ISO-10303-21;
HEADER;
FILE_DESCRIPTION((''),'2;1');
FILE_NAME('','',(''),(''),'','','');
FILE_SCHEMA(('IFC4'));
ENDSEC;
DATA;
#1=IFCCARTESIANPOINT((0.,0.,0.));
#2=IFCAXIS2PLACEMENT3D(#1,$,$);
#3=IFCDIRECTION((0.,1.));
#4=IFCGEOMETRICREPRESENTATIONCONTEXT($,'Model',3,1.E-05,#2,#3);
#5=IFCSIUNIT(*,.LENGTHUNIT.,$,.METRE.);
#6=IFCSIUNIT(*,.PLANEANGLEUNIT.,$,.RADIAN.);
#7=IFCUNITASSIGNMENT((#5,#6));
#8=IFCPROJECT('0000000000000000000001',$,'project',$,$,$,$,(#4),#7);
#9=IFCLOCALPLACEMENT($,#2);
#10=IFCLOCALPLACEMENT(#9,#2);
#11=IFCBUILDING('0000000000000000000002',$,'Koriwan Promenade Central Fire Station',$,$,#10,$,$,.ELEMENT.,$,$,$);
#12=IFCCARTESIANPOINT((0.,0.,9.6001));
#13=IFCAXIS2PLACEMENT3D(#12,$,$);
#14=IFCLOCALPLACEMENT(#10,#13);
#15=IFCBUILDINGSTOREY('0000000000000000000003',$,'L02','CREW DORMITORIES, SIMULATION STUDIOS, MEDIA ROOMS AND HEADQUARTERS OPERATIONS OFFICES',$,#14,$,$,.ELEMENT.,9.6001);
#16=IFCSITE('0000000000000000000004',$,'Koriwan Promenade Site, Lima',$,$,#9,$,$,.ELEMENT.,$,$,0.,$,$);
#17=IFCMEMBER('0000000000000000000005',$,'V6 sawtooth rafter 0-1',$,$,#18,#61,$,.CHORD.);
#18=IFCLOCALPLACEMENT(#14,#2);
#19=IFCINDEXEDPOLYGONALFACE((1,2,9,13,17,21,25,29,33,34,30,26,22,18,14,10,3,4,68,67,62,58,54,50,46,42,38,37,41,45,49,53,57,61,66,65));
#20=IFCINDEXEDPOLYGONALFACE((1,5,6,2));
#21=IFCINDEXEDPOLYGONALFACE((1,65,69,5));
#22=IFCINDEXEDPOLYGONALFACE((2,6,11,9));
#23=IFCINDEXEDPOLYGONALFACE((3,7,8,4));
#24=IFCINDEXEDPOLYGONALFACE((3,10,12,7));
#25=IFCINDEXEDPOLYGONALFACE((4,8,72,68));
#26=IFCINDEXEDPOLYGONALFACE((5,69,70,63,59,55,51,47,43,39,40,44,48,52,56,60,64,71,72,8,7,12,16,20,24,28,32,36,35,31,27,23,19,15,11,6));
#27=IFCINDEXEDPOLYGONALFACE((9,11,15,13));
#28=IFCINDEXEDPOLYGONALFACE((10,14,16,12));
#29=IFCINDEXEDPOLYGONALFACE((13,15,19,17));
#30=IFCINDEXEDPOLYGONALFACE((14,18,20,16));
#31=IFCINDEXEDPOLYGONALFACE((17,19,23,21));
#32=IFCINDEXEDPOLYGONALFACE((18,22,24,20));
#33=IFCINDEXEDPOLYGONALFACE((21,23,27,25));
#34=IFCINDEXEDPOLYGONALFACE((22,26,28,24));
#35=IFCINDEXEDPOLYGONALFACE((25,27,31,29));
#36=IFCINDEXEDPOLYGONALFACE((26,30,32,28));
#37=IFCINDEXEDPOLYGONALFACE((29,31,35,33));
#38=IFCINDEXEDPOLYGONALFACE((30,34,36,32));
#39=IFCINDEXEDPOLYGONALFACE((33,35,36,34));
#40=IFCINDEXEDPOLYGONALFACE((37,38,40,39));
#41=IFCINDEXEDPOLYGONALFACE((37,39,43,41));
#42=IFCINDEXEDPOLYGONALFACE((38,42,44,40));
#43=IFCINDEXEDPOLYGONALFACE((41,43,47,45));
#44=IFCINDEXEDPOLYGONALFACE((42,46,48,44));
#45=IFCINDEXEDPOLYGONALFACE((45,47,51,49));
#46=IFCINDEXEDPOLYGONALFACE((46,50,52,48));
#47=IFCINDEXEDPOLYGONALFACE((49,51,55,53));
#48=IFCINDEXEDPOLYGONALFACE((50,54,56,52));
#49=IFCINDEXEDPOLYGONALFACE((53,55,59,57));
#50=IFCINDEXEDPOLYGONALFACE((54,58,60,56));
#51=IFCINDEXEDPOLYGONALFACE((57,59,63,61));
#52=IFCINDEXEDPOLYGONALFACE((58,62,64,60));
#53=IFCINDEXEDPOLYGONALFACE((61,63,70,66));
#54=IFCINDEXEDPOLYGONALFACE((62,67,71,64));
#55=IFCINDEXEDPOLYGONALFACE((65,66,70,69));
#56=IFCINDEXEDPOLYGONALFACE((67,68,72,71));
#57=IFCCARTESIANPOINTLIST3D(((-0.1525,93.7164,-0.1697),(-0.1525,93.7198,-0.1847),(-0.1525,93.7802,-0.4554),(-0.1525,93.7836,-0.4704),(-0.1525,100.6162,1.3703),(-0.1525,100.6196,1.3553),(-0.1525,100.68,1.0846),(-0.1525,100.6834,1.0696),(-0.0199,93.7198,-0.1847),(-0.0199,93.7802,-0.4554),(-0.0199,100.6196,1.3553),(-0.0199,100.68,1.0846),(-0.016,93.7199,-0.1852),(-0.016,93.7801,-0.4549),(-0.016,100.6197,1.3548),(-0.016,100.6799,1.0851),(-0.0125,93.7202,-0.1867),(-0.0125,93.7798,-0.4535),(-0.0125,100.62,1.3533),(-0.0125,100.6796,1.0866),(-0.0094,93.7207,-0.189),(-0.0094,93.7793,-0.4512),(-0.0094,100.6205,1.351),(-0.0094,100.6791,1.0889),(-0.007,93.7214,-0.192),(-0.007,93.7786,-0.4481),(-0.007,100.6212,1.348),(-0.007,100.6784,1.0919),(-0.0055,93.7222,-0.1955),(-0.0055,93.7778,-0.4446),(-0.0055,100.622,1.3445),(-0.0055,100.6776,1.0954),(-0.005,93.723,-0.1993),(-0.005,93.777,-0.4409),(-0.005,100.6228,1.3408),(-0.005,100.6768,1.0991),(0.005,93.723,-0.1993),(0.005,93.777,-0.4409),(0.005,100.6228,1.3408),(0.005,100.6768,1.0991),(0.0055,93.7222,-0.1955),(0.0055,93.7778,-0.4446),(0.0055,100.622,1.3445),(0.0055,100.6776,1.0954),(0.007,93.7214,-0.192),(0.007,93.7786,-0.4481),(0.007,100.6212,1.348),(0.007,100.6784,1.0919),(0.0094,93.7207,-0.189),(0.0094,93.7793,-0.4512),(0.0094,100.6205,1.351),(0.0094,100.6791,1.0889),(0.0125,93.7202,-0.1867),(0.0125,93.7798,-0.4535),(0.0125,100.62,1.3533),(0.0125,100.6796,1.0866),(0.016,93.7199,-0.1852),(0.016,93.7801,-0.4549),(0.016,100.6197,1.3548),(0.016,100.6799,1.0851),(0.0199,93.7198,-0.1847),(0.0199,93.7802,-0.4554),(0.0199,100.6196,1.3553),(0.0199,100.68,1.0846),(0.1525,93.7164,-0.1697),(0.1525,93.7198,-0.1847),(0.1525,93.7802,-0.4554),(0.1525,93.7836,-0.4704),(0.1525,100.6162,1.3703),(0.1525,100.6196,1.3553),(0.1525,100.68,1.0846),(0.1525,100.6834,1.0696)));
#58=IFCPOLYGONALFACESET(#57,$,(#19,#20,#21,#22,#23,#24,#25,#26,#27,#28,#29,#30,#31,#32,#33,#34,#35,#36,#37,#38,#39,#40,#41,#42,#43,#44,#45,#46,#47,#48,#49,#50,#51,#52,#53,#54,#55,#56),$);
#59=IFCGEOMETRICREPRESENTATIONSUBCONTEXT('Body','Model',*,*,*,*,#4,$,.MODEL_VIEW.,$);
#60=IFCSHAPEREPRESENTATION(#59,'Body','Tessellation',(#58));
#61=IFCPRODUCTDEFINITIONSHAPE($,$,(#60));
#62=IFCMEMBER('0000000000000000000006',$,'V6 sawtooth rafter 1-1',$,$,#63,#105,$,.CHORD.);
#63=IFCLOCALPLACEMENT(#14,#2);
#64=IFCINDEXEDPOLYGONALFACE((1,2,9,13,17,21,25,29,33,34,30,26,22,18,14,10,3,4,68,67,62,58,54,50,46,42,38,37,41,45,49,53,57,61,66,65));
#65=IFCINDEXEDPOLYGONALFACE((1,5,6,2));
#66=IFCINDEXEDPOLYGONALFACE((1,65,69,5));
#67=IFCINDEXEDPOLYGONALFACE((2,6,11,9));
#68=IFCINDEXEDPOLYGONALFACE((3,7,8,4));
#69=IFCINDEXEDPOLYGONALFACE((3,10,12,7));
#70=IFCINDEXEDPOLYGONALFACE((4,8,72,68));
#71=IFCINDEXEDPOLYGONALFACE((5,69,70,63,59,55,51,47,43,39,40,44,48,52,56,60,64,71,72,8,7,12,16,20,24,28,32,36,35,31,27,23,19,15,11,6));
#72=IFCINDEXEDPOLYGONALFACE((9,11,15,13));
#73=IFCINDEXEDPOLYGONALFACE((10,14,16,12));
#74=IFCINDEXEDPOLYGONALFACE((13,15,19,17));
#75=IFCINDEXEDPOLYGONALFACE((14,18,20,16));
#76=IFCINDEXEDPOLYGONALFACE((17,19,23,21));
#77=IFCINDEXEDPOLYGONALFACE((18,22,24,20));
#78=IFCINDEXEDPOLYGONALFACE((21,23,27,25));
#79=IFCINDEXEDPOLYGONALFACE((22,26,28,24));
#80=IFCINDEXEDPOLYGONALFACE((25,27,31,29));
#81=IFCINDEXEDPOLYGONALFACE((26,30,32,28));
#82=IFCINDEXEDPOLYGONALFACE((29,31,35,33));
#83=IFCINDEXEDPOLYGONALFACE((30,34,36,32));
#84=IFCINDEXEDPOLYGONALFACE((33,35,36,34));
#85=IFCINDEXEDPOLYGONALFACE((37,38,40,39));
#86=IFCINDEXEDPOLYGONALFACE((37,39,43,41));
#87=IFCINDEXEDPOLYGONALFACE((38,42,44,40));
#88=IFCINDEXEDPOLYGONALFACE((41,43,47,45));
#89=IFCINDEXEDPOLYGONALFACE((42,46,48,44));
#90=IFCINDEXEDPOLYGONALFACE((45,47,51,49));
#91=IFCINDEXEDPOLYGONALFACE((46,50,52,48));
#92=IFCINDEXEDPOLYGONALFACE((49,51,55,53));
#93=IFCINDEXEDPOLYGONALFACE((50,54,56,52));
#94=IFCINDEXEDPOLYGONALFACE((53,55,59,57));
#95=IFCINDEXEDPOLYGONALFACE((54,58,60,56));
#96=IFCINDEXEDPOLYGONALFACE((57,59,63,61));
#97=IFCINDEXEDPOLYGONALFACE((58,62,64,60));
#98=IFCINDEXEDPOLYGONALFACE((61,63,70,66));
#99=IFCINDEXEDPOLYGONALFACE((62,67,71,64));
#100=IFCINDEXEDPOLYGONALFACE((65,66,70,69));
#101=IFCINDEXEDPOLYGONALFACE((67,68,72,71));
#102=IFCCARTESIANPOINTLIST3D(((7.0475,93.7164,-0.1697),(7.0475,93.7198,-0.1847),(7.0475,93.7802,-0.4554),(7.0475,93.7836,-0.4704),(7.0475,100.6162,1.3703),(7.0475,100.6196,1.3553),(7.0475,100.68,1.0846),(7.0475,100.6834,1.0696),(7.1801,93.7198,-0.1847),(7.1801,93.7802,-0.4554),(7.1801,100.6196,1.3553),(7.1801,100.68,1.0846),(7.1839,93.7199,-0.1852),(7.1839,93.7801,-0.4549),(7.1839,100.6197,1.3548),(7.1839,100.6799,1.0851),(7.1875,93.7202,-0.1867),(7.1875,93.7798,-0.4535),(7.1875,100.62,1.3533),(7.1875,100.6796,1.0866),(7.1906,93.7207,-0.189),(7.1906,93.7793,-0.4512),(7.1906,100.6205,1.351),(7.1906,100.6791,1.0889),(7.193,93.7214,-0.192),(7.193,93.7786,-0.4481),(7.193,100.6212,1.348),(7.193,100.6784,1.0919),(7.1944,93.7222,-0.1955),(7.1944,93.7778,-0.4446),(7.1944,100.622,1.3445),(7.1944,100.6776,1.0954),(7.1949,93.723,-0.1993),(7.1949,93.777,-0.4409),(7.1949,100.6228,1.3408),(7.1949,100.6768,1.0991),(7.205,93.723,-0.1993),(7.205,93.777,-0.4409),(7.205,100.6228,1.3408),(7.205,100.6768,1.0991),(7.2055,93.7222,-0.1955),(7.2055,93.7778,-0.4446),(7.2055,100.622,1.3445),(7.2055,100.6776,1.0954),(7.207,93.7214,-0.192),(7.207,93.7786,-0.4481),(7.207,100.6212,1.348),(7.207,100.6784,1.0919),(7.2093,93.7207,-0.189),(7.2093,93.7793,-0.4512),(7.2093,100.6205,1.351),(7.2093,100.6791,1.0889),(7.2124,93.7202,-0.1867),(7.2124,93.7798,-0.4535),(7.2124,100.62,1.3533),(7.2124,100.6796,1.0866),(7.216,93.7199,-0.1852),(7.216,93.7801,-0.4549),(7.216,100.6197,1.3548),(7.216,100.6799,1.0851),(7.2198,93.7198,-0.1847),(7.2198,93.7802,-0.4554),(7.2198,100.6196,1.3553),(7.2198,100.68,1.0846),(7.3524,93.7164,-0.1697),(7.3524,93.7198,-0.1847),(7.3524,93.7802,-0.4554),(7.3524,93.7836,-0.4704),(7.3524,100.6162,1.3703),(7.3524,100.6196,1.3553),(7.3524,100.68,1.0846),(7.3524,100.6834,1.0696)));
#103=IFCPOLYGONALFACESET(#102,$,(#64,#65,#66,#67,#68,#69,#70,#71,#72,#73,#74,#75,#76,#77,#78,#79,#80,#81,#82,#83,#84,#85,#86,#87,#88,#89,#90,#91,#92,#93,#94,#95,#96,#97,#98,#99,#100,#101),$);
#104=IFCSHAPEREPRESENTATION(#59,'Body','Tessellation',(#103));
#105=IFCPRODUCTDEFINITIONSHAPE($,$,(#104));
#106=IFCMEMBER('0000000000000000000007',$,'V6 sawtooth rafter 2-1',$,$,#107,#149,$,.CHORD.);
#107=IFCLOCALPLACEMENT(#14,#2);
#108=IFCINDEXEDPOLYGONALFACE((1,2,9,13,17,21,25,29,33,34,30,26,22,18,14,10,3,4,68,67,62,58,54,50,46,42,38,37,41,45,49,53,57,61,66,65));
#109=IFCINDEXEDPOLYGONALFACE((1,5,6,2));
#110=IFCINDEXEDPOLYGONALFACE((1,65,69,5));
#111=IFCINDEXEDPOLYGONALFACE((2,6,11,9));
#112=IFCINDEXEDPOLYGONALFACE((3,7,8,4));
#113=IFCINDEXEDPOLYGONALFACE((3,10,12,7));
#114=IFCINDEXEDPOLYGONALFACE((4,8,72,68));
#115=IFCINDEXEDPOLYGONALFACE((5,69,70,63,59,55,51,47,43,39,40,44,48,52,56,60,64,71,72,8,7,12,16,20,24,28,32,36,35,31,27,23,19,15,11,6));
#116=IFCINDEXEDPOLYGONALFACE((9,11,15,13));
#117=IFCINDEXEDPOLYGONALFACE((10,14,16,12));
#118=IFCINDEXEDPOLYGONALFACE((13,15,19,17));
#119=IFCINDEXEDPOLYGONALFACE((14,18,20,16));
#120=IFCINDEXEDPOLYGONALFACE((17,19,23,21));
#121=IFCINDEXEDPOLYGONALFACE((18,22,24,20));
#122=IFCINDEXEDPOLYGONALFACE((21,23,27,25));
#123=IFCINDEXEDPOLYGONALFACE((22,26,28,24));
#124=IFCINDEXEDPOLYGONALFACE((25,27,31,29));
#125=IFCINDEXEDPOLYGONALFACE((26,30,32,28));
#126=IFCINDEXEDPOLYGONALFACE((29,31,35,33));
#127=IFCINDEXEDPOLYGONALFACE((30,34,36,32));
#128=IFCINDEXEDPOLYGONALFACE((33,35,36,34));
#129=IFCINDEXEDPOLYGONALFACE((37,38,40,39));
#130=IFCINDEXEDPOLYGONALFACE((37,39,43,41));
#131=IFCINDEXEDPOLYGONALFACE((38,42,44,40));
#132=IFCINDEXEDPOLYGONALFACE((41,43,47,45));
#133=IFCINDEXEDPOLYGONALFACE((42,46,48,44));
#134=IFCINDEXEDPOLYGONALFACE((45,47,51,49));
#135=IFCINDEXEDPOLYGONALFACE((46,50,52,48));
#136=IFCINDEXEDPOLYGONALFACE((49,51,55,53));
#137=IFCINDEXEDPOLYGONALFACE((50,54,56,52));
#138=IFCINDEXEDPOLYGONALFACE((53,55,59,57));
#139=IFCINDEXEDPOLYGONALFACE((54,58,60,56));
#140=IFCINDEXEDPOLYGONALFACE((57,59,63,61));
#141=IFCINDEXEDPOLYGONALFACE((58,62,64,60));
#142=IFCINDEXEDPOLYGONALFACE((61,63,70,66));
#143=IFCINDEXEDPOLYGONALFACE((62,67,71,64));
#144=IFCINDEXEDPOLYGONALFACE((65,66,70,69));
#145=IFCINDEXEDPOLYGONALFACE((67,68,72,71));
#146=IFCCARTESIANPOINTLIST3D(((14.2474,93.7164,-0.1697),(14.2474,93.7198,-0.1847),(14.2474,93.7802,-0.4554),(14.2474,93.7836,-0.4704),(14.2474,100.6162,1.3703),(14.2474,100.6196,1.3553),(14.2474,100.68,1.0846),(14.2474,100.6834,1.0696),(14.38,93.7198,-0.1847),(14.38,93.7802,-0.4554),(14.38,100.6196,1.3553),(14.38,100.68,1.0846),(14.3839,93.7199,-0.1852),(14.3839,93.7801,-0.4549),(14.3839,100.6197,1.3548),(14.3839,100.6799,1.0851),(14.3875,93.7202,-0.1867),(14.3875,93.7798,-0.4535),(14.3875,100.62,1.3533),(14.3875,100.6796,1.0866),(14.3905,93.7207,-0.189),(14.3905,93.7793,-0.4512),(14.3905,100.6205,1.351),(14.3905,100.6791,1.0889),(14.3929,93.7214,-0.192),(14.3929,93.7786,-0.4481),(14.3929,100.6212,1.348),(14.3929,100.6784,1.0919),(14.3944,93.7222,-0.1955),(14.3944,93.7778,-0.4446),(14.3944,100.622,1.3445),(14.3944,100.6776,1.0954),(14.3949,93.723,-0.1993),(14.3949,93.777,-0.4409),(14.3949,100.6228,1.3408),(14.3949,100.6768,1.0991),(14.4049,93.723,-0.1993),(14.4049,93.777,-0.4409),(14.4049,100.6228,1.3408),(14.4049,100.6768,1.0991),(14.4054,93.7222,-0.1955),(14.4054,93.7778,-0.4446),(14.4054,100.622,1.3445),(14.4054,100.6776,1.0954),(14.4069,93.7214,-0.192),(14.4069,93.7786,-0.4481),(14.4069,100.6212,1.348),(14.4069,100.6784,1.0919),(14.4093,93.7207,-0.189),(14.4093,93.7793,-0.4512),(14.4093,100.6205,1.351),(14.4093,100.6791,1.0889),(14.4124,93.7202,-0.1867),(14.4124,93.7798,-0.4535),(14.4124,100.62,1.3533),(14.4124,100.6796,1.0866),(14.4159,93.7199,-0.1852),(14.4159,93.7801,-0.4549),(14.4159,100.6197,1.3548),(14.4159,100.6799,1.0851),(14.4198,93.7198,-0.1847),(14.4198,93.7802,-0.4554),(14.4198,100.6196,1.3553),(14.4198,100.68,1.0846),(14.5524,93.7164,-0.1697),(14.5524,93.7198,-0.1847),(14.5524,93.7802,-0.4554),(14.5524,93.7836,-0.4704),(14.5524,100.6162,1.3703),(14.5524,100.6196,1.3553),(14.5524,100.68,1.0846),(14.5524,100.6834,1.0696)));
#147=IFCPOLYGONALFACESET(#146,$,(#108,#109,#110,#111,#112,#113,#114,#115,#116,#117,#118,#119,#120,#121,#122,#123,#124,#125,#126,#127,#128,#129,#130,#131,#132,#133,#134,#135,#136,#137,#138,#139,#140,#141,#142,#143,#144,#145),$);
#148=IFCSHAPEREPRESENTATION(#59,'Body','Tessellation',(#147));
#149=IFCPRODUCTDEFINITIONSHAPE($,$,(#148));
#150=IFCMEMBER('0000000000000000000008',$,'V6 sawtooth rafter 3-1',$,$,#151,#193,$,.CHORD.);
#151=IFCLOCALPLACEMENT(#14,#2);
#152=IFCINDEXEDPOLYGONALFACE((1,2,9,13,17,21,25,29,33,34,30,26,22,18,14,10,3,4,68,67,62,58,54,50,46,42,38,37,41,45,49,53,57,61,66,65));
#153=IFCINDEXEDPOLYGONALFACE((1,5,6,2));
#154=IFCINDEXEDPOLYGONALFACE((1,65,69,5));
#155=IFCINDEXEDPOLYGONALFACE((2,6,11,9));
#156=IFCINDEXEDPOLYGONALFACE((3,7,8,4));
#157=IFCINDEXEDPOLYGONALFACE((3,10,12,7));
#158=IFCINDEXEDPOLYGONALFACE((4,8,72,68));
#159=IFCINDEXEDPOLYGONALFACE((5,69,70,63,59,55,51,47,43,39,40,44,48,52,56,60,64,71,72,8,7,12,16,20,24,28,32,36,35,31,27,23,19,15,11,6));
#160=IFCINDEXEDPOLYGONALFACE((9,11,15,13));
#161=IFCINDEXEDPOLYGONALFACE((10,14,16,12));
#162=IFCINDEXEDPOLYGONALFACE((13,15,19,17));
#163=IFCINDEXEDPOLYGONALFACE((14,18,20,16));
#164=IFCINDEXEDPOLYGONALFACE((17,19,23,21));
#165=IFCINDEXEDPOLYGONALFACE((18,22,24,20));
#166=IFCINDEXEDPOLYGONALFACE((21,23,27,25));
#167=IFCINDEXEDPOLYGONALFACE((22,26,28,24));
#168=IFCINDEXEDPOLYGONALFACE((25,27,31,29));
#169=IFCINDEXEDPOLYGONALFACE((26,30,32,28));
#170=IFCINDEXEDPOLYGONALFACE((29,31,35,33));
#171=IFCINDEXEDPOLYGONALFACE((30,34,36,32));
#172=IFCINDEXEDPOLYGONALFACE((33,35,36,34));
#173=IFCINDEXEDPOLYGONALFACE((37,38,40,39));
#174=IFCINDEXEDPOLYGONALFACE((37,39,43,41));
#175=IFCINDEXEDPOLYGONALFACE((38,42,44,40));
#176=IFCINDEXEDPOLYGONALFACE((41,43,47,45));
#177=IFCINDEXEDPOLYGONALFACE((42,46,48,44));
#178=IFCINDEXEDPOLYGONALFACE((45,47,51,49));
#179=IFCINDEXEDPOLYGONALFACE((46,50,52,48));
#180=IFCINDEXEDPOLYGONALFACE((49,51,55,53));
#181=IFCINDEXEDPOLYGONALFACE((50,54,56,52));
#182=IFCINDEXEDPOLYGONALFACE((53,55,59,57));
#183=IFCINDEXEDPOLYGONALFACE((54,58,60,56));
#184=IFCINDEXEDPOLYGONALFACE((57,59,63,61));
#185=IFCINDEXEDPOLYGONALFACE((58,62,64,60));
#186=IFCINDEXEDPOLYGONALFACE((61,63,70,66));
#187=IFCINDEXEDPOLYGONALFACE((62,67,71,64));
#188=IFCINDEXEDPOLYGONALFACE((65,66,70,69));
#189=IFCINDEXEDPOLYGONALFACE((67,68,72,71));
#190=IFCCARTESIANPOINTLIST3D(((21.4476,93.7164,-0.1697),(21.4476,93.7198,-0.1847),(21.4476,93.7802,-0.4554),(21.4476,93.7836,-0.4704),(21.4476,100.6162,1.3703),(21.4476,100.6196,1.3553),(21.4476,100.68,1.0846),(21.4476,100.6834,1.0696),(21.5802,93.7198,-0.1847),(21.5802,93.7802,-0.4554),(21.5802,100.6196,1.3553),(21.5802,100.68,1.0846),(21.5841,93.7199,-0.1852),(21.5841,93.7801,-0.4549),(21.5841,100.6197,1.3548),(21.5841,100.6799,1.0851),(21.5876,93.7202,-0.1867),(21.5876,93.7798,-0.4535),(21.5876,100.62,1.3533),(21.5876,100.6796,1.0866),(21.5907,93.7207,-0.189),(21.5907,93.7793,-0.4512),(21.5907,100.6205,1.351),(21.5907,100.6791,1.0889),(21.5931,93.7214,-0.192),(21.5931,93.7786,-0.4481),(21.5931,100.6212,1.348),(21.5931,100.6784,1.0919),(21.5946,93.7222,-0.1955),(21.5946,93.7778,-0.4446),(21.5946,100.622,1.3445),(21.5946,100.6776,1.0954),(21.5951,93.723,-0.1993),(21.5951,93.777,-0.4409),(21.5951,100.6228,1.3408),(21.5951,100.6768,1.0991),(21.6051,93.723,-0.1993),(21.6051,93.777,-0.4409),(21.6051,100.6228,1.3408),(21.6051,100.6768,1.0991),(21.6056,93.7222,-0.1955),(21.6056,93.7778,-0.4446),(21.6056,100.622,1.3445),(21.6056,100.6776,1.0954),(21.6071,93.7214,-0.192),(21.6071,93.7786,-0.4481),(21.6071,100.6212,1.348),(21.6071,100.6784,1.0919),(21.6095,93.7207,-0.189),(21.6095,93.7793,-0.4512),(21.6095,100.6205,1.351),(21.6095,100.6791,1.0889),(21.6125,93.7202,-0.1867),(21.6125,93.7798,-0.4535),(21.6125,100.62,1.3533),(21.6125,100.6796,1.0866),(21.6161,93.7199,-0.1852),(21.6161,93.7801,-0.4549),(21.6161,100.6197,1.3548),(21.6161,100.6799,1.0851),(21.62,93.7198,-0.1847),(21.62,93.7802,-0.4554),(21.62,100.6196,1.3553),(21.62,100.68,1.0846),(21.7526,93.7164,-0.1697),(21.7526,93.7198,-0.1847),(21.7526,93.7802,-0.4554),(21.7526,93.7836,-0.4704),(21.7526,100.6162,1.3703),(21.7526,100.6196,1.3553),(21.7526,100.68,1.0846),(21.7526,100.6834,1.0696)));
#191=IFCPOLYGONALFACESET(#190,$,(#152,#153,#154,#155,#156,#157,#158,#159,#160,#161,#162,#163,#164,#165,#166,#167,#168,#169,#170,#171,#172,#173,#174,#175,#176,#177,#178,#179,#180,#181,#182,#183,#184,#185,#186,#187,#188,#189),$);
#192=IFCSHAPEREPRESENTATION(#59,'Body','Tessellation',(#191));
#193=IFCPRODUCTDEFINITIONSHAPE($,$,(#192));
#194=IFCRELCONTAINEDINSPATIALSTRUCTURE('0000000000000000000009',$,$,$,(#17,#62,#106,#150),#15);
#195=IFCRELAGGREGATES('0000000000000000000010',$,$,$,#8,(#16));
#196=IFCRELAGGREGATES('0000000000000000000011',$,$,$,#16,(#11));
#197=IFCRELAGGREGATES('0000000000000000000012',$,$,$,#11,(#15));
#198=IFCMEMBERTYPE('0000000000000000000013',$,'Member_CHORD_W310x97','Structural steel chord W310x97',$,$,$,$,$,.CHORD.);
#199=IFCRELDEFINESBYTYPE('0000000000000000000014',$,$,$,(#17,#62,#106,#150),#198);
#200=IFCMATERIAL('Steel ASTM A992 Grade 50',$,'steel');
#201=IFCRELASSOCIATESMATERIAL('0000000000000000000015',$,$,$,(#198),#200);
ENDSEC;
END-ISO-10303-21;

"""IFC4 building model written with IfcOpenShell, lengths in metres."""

from ifc_helpers import new_model, si_unit, direction, frame, origin, origin_2d, place, context, subcontext, project, spatial, i_section, extrude, material, material_profile, profile_set, type_object, element, save


model = new_model("IFC4")

# Units and contexts
model_context = context("Model", 3, precision=1e-05, world=origin(), true_north=direction((0.0, 1.0)))
body_context = subcontext(model_context, "Body", "Model", "MODEL_VIEW")
ifc_project = project(units=[si_unit("LENGTHUNIT", "METRE"), si_unit("PLANEANGLEUNIT", "RADIAN")], contexts=[model_context])

# Site, building, storey
site_placement = place(None, origin())
site = spatial("IfcSite", under=ifc_project, at=site_placement, Name="Koriwan Promenade Site, Lima", CompositionType="ELEMENT", RefElevation=0.0)
building_placement = place(site_placement, origin())
building = spatial("IfcBuilding", under=site, at=building_placement, Name="Koriwan Promenade Central Fire Station", CompositionType="ELEMENT")
storey_placement = place(building_placement, frame((0.0, 0.0, 9.6001)))
storey = spatial("IfcBuildingStorey", under=building, at=storey_placement, Name="L02", Description="CREW DORMITORIES, SIMULATION STUDIOS, MEDIA ROOMS AND HEADQUARTERS OPERATIONS OFFICES", CompositionType="ELEMENT", Elevation=9.6001)

# Members
ifc_material_1 = material(Name="Steel ASTM A992 Grade 50", Category="steel")
ifc_material_profile_1 = material_profile(ifc_material_1, i_section(OverallWidth=0.3049, OverallDepth=0.3081, WebThickness=0.01, FlangeThickness=0.0154, FilletRadius=0.0149, at=origin_2d()), Name="W310x97")
ifc_profile_set_1 = profile_set([ifc_material_profile_1], Name="Steel ASTM A992 Grade 50")
member_type_1 = type_object("IfcMemberType", Name="Member_CHORD_W310x97", Description="Structural steel chord W310x97", PredefinedType="CHORD", material=ifc_profile_set_1)
for number, where, z_axis, x_axis, name in (
    (1, (0.0, 93.75, -0.3201), (0.0, 0.975985, 0.217837), (-1.0, 0.0, 0.0), "V6 sawtooth rafter 0-1"),
    (2, (7.2, 93.75, -0.3201), (0.0, 0.975985, 0.217837), (-1.0, 0.0, 0.0), "V6 sawtooth rafter 1-1"),
    (3, (14.3999, 93.75, -0.3201), (0.0, 0.975985, 0.217837), (-1.0, 0.0, 0.0), "V6 sawtooth rafter 2-1"),
    (4, (21.6001, 93.75, -0.3201), (0.0, 0.975985, 0.217837), (-1.0, 0.0, 0.0), "V6 sawtooth rafter 3-1"),
):
    element("IfcMember", number, at=place(storey_placement, frame(where, z_axis=z_axis, x_axis=x_axis)), inside=storey, type_object=member_type_1, Name=name, PredefinedType="CHORD", context=body_context, shape_type="SweptSolid", body=[
        extrude(i_section(OverallWidth=0.3049, OverallDepth=0.3081, WebThickness=0.01, FlangeThickness=0.0154, FilletRadius=0.0149, at=origin_2d()), origin(), (0.0, 0.0, 1.0), 7.0696),
    ])

save(model, "model.ifc")
